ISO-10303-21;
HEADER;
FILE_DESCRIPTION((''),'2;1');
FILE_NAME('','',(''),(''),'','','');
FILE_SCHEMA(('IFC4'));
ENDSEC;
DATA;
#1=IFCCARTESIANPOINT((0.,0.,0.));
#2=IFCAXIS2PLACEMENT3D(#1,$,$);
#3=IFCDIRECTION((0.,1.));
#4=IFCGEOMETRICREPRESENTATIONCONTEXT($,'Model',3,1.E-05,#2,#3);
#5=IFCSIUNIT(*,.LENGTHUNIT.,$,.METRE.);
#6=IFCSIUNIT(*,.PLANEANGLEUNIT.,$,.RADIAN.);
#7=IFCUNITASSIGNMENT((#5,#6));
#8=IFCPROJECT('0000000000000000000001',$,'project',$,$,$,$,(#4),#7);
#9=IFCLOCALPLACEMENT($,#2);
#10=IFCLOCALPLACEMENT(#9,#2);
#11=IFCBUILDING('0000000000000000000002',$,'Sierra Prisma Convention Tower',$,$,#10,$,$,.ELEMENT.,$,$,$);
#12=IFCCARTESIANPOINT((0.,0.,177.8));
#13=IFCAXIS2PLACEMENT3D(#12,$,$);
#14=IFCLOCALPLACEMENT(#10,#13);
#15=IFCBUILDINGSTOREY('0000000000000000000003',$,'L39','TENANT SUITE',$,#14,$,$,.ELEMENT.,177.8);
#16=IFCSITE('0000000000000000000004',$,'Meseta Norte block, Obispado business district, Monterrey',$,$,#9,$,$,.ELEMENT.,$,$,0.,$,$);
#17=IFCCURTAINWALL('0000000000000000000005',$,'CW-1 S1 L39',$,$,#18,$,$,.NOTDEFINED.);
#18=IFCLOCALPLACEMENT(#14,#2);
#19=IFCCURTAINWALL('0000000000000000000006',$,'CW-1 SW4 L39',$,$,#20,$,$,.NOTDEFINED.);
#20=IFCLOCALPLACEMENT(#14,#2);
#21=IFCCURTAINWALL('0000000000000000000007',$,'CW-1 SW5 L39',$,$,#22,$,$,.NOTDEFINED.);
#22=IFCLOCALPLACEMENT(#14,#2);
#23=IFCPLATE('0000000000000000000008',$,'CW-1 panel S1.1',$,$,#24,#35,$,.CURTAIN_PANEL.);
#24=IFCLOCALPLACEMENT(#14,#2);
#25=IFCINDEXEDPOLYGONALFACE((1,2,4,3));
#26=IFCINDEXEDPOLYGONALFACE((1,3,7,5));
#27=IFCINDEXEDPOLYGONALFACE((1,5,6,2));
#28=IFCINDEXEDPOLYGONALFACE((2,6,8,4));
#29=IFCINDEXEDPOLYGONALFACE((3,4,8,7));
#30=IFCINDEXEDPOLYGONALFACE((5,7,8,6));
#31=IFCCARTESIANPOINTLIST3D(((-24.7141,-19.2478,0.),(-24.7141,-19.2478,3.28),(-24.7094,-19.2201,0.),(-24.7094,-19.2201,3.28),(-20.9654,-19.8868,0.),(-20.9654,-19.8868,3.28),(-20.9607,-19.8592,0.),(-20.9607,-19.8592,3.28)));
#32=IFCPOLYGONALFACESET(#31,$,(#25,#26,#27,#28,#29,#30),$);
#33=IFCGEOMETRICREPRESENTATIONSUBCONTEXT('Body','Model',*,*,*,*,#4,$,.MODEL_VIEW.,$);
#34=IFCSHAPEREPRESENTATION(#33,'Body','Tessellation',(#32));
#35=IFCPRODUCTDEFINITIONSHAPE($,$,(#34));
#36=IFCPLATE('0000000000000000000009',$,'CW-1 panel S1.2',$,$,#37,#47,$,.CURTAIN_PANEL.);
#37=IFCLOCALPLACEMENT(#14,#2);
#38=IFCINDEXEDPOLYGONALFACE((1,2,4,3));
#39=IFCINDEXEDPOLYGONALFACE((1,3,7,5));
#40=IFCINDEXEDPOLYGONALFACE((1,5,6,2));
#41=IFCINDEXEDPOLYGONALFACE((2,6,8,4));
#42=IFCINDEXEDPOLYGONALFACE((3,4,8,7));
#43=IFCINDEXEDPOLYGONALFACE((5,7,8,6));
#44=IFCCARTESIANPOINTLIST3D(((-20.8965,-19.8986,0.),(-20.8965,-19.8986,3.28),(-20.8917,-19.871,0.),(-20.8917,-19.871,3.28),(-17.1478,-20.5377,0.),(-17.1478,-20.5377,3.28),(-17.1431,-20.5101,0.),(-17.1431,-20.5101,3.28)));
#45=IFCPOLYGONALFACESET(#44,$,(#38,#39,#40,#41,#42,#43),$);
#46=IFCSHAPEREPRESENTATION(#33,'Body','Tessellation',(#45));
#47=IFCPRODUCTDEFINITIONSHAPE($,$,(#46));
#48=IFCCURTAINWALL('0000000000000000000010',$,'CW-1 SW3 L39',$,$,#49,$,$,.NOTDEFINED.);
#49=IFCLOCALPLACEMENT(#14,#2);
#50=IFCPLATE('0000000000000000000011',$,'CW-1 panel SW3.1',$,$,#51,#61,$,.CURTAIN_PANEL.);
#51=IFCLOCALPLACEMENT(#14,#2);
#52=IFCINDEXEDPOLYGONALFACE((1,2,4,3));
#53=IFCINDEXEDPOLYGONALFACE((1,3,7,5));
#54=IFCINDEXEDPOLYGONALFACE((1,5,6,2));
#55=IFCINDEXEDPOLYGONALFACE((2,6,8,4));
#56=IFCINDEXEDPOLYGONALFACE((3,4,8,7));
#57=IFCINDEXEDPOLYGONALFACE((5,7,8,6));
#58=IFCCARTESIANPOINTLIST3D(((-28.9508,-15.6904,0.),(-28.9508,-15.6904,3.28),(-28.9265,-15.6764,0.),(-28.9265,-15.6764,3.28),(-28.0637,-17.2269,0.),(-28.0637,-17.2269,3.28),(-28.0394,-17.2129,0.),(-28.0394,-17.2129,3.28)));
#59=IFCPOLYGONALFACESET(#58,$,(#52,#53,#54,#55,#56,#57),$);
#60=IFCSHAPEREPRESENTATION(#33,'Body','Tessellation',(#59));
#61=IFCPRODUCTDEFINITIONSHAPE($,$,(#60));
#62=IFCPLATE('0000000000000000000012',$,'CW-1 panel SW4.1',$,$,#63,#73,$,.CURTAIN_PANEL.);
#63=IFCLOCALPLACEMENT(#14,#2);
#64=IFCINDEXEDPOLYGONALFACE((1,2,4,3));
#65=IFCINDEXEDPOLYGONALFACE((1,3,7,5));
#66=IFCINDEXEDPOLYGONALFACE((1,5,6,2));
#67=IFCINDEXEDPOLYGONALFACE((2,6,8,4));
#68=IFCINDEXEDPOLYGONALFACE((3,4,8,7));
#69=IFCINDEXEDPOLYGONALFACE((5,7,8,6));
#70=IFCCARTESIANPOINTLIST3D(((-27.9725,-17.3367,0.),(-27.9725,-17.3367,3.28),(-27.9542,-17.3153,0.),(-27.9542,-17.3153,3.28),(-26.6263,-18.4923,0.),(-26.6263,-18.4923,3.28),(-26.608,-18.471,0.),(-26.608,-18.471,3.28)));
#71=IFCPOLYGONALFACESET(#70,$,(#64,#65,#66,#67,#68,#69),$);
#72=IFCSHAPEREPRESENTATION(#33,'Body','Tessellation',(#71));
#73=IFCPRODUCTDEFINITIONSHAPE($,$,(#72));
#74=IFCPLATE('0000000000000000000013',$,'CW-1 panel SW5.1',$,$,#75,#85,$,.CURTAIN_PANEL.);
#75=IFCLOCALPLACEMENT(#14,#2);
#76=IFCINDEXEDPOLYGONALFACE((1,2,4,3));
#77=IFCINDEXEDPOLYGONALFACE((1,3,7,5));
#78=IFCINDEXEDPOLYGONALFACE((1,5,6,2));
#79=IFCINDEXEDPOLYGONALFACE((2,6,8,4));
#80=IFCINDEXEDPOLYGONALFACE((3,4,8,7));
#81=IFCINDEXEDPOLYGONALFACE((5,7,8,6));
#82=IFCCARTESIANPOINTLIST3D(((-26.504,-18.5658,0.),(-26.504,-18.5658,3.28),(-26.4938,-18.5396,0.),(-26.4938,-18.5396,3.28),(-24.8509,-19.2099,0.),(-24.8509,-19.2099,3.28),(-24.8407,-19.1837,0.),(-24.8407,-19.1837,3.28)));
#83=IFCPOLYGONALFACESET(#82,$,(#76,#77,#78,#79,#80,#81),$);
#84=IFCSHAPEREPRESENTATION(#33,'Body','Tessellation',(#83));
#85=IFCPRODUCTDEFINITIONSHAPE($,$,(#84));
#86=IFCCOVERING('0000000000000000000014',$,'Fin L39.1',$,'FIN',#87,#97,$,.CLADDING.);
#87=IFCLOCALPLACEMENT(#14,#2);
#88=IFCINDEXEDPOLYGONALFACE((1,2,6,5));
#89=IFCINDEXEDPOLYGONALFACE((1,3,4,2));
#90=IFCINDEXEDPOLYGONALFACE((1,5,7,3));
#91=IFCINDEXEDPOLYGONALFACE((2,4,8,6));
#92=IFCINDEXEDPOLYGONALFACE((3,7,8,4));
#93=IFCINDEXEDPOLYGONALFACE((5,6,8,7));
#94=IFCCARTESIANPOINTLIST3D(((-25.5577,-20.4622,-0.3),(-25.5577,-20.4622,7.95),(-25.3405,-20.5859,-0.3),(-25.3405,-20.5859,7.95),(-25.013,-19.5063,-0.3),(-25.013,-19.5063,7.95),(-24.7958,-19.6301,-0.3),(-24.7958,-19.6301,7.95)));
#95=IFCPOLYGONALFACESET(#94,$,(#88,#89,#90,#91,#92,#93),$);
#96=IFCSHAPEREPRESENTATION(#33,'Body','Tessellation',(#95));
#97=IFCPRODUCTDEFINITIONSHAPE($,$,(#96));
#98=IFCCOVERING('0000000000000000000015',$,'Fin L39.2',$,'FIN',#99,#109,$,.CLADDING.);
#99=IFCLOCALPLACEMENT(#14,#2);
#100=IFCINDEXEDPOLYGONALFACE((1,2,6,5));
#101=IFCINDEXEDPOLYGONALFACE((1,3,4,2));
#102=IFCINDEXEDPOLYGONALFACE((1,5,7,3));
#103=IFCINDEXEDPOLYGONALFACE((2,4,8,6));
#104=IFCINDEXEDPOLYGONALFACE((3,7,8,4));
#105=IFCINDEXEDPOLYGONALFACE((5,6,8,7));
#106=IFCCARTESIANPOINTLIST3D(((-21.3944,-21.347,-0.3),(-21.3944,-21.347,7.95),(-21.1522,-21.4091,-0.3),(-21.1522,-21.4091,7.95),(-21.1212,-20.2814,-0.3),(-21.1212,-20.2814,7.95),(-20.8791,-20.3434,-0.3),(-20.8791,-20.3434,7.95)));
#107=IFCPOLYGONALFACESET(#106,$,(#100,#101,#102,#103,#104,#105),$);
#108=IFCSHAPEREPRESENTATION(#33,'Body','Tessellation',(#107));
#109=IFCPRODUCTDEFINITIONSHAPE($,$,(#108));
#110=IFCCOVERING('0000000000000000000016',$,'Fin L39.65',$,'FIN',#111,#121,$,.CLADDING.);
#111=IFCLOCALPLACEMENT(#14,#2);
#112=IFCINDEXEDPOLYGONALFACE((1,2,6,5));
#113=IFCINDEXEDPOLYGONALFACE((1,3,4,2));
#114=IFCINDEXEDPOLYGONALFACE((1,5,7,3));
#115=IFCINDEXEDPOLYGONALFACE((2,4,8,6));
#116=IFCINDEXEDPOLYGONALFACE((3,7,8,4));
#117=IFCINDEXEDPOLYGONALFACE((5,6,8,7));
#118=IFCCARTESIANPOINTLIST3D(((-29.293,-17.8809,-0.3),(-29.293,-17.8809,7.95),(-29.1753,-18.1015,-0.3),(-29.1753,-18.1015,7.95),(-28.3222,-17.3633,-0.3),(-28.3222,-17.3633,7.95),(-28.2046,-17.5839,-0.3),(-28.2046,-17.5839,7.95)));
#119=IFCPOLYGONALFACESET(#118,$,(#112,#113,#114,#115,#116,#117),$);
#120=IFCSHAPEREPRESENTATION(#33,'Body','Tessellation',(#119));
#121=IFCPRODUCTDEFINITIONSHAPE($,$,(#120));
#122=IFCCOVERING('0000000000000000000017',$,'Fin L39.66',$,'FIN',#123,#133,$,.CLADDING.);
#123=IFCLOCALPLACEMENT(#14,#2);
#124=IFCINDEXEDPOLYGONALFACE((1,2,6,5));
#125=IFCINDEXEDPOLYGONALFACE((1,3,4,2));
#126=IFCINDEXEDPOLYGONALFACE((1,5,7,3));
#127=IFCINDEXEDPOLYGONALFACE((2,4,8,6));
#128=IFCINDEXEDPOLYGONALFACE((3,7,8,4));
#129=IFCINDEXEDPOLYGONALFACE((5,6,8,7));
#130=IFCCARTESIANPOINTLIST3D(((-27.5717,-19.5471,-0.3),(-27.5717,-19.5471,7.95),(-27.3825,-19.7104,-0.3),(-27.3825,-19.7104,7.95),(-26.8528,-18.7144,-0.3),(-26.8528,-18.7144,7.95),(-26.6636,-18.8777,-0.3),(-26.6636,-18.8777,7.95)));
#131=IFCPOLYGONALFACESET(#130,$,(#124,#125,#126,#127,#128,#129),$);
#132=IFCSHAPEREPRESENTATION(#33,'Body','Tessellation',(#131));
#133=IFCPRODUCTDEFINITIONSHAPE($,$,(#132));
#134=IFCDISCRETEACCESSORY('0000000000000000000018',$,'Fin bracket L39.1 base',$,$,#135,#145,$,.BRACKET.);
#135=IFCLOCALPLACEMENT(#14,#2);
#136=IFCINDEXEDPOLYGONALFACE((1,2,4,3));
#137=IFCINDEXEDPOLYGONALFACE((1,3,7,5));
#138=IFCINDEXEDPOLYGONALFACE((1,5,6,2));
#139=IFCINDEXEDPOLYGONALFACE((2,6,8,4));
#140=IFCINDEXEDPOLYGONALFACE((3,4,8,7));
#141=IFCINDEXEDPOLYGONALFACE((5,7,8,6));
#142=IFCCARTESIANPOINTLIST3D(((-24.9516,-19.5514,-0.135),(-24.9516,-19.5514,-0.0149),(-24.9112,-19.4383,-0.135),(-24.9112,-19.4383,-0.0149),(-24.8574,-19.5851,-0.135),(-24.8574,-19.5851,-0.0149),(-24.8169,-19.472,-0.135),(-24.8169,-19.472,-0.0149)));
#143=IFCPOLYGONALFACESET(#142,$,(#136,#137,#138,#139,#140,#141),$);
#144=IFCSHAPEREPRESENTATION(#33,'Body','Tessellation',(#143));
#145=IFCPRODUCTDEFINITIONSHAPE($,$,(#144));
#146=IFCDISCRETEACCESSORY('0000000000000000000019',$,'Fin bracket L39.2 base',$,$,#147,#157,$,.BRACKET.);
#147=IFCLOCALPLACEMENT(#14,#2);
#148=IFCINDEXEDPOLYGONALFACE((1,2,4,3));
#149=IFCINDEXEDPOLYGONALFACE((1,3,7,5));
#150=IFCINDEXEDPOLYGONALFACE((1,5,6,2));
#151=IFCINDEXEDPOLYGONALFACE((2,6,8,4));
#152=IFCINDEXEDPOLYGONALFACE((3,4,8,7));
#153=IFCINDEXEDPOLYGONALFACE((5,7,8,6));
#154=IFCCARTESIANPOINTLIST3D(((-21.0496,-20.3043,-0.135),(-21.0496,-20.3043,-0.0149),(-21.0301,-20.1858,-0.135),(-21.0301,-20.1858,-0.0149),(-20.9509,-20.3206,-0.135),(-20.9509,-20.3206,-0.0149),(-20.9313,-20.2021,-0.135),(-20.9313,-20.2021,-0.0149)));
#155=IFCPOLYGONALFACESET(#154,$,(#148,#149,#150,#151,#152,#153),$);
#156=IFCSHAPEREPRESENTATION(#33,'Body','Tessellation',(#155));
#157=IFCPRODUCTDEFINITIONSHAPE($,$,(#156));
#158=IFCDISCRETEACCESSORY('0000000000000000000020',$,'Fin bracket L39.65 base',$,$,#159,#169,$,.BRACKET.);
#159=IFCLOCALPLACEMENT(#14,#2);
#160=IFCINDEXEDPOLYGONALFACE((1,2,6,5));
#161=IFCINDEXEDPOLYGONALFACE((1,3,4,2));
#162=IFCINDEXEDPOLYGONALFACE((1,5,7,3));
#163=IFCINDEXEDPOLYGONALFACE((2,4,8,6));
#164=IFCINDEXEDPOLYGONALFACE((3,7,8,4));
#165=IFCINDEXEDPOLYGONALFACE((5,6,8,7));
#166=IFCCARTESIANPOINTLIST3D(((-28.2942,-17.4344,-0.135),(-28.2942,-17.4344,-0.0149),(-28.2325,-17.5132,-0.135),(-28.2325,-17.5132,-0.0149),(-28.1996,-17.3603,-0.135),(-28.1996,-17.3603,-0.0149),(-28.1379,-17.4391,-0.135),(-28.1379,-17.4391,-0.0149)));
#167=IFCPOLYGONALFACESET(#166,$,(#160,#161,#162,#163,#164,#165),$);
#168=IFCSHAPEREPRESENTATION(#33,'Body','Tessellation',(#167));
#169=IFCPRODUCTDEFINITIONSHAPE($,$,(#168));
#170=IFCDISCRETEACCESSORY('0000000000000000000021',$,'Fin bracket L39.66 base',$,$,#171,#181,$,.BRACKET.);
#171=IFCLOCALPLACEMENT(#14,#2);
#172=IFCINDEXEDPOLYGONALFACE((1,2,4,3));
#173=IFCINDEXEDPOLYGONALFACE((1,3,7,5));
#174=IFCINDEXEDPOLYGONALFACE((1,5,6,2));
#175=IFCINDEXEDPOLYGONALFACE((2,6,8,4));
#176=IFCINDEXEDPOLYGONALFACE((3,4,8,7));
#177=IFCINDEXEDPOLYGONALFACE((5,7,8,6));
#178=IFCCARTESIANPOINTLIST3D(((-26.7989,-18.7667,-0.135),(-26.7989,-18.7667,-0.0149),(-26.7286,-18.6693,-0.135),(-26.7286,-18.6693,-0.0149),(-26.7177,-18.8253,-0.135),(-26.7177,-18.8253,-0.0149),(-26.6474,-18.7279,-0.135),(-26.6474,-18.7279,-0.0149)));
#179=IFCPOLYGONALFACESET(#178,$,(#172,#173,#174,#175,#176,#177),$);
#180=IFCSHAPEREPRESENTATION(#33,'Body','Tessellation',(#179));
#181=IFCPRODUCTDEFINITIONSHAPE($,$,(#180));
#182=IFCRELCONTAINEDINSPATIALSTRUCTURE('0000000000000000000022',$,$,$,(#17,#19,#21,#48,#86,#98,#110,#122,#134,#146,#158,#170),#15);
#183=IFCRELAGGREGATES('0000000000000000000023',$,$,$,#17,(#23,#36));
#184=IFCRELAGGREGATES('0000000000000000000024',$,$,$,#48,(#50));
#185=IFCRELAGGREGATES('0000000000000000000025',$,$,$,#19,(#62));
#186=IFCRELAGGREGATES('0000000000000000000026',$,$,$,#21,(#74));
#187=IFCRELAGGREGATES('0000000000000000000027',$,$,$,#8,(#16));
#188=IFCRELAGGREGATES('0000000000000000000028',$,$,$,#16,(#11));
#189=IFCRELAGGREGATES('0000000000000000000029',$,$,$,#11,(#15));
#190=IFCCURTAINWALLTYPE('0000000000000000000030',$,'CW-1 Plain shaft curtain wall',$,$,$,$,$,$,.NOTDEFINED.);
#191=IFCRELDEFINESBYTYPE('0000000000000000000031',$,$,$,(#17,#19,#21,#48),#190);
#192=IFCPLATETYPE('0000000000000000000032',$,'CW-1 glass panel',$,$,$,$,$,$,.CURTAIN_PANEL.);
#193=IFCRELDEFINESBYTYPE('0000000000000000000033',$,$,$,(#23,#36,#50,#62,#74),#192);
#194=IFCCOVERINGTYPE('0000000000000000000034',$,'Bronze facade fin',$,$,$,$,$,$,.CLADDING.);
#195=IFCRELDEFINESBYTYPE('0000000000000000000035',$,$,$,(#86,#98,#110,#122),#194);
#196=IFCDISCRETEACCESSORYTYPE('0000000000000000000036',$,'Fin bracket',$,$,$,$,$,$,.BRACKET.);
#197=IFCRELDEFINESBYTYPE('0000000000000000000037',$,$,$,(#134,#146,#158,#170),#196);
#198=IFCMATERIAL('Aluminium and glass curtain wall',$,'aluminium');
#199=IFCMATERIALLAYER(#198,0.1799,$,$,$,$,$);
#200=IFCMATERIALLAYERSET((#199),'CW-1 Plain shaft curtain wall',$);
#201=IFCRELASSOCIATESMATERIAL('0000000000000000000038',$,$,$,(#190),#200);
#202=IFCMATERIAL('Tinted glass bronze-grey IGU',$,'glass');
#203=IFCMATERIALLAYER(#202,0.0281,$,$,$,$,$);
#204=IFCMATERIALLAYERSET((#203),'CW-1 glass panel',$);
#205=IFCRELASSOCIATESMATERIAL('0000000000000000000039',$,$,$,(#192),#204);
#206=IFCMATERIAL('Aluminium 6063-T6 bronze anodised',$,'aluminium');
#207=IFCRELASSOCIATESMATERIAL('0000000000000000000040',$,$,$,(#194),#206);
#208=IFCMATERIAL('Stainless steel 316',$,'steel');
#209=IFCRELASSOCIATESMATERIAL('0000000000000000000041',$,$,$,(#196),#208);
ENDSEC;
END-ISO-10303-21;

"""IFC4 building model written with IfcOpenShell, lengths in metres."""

from ifc_helpers import new_model, si_unit, direction, frame, origin, origin_2d, place, context, subcontext, project, spatial, rectangle, extrude, material, layer, layer_set, material_profile, profile_set, type_object, element, aggregate, save


model = new_model("IFC4")

# Units and contexts
model_context = context("Model", 3, precision=1e-05, world=origin(), true_north=direction((0.0, 1.0)))
body_context = subcontext(model_context, "Body", "Model", "MODEL_VIEW")
ifc_project = project(units=[si_unit("LENGTHUNIT", "METRE"), si_unit("PLANEANGLEUNIT", "RADIAN")], contexts=[model_context])

# Site, building, storey
site_placement = place(None, origin())
site = spatial("IfcSite", under=ifc_project, at=site_placement, Name="Meseta Norte block, Obispado business district, Monterrey", CompositionType="ELEMENT", RefElevation=0.0)
building_placement = place(site_placement, origin())
building = spatial("IfcBuilding", under=site, at=building_placement, Name="Sierra Prisma Convention Tower", CompositionType="ELEMENT")
storey_placement = place(building_placement, frame((0.0, 0.0, 177.8)))
storey = spatial("IfcBuildingStorey", under=building, at=storey_placement, Name="L39", Description="TENANT SUITE", CompositionType="ELEMENT", Elevation=177.8)

# Curtain wall
ifc_material_1 = material(Name="Aluminium and glass curtain wall", Category="aluminium")
ifc_layer_1 = layer(ifc_material_1, 0.1799)
ifc_layer_set_1 = layer_set([ifc_layer_1], Name="CW-1 Plain shaft curtain wall")
curtain_wall_type = type_object("IfcCurtainWallType", Name="CW-1 Plain shaft curtain wall", PredefinedType="NOTDEFINED", material=ifc_layer_set_1)
curtain_wall_1_placement = place(storey_placement, origin())
curtain_wall_1 = element("IfcCurtainWall", 1, at=curtain_wall_1_placement, inside=storey, type_object=curtain_wall_type, Name="CW-1 S1 L39", PredefinedType="NOTDEFINED")

# Curtain walls
curtain_wall_2_placement = place(storey_placement, origin())
curtain_wall_2 = element("IfcCurtainWall", 2, at=curtain_wall_2_placement, inside=storey, type_object=curtain_wall_type, Name="CW-1 SW4 L39", PredefinedType="NOTDEFINED")
curtain_wall_3_placement = place(storey_placement, origin())
curtain_wall_3 = element("IfcCurtainWall", 3, at=curtain_wall_3_placement, inside=storey, type_object=curtain_wall_type, Name="CW-1 SW5 L39", PredefinedType="NOTDEFINED")

# Plates
ifc_material_2 = material(Name="Tinted glass bronze-grey IGU", Category="glass")
ifc_layer_2 = layer(ifc_material_2, 0.0281)
ifc_layer_set_2 = layer_set([ifc_layer_2], Name="CW-1 glass panel")
plate_type = type_object("IfcPlateType", Name="CW-1 glass panel", PredefinedType="CURTAIN_PANEL", material=ifc_layer_set_2)
plate_1_placement = place(storey_placement, frame((-22.8374, -19.5535, 0.0), z_axis=(0.0, 0.0, 1.0), x_axis=(0.985777, -0.16806, 0.0)))
plate_1 = element("IfcPlate", 4, at=plate_1_placement, type_object=plate_type, Name="CW-1 panel S1.1", PredefinedType="CURTAIN_PANEL", context=body_context, shape_type="SweptSolid", body=[
    extrude(rectangle(XDim=3.8027, YDim=0.0281, at=origin_2d()), origin(), (0.0, 0.0, 1.0), 3.28),
])
plate_2_placement = place(storey_placement, frame((-19.0198, -20.2043, 0.0), z_axis=(0.0, 0.0, 1.0), x_axis=(0.985777, -0.16806, 0.0)))
plate_2 = element("IfcPlate", 5, at=plate_2_placement, type_object=plate_type, Name="CW-1 panel S1.2", PredefinedType="CURTAIN_PANEL", context=body_context, shape_type="SweptSolid", body=[
    extrude(rectangle(XDim=3.8027, YDim=0.0281, at=origin_2d()), origin(), (0.0, 0.0, 1.0), 3.28),
])
aggregate(curtain_wall_1, [plate_1, plate_2])

# Curtain wall, plate
curtain_wall_4_placement = place(storey_placement, origin())
curtain_wall_4 = element("IfcCurtainWall", 6, at=curtain_wall_4_placement, inside=storey, type_object=curtain_wall_type, Name="CW-1 SW3 L39", PredefinedType="NOTDEFINED")
plate_3_placement = place(storey_placement, frame((-28.4951, -16.4517, 0.0), z_axis=(0.0, 0.0, 1.0), x_axis=(0.5, -0.866025, 0.0)))
plate_3 = element("IfcPlate", 7, at=plate_3_placement, type_object=plate_type, Name="CW-1 panel SW3.1", PredefinedType="CURTAIN_PANEL", context=body_context, shape_type="SweptSolid", body=[
    extrude(rectangle(XDim=1.7742, YDim=0.0281, at=origin_2d()), origin(), (0.0, 0.0, 1.0), 3.28),
])
aggregate(curtain_wall_4, [plate_3])

# Plates
plate_4_placement = place(storey_placement, frame((-27.2903, -17.9038, 0.0), z_axis=(0.0, 0.0, 1.0), x_axis=(0.758771, -0.651357, 0.0)))
plate_4 = element("IfcPlate", 8, at=plate_4_placement, type_object=plate_type, Name="CW-1 panel SW4.1", PredefinedType="CURTAIN_PANEL", context=body_context, shape_type="SweptSolid", body=[
    extrude(rectangle(XDim=1.7742, YDim=0.0281, at=origin_2d()), origin(), (0.0, 0.0, 1.0), 3.28),
])
aggregate(curtain_wall_2, [plate_4])
plate_5_placement = place(storey_placement, frame((-25.6724, -18.8748, 0.0), z_axis=(0.0, 0.0, 1.0), x_axis=(0.931767, -0.363057, 0.0)))
plate_5 = element("IfcPlate", 9, at=plate_5_placement, type_object=plate_type, Name="CW-1 panel SW5.1", PredefinedType="CURTAIN_PANEL", context=body_context, shape_type="SweptSolid", body=[
    extrude(rectangle(XDim=1.7742, YDim=0.0281, at=origin_2d()), origin(), (0.0, 0.0, 1.0), 3.28),
])
aggregate(curtain_wall_3, [plate_5])

# Coverings
ifc_material_3 = material(Name="Aluminium 6063-T6 bronze anodised", Category="aluminium")
ifc_material_profile_1 = material_profile(ifc_material_3, rectangle(XDim=1.1001, YDim=0.25, at=origin_2d()), Name="ALU FIN 1100x250")
ifc_profile_set_1 = profile_set([ifc_material_profile_1], Name="Aluminium 6063-T6 bronze anodised")
covering_type = type_object("IfcCoveringType", Name="Bronze facade fin", PredefinedType="CLADDING", material=ifc_profile_set_1)
for number, where, z_axis, x_axis, name in (
    (10, (-25.1768, -20.0461, -0.3), (0.0, 0.0, 1.0), (-0.49508, -0.868847, 0.0), "Fin L39.1"),
    (11, (-21.1367, -20.8452, -0.3), (0.0, 0.0, 1.0), (-0.248307, -0.968681, 0.0), "Fin L39.2"),
    (12, (-28.7488, -17.7324, -0.3), (0.0, 0.0, 1.0), (-0.882414, -0.470473, 0.0), "Fin L39.65"),
    (13, (-27.1177, -19.2124, -0.3), (0.0, 0.0, 1.0), (-0.653487, -0.756938, 0.0), "Fin L39.66"),
):
    element("IfcCovering", number, at=place(storey_placement, frame(where, z_axis=z_axis, x_axis=x_axis)), inside=storey, type_object=covering_type, Name=name, ObjectType="FIN", PredefinedType="CLADDING", context=body_context, shape_type="SweptSolid", body=[
        extrude(rectangle(XDim=1.1001, YDim=0.25, at=origin_2d()), origin(), (0.0, 0.0, 1.0), 8.25),
    ])

# Discrete accessories
ifc_material_4 = material(Name="Stainless steel 316", Category="steel")
discrete_accessory_type = type_object("IfcDiscreteAccessoryType", Name="Fin bracket", PredefinedType="BRACKET", material=ifc_material_4)
for number, where, z_axis, x_axis, name in (
    (14, (-24.8843, -19.5117, -0.135), (0.0, 0.0, 1.0), (-0.336685, -0.941617, 0.0), "Fin bracket L39.1 base"),
    (15, (-20.9905, -20.2532, -0.135), (0.0, 0.0, 1.0), (-0.162936, -0.986637, 0.0), "Fin bracket L39.2 base"),
    (16, (-28.2161, -17.4368, -0.135), (0.0, 0.0, 1.0), (-0.787312, -0.616555, 0.0), "Fin bracket L39.65 base"),
    (17, (-26.7231, -18.7473, -0.135), (0.0, 0.0, 1.0), (-0.585029, -0.811012, 0.0), "Fin bracket L39.66 base"),
):
    element("IfcDiscreteAccessory", number, at=place(storey_placement, frame(where, z_axis=z_axis, x_axis=x_axis)), inside=storey, type_object=discrete_accessory_type, Name=name, PredefinedType="BRACKET", context=body_context, shape_type="SweptSolid", body=[
        extrude(rectangle(XDim=0.1201, YDim=0.1001, at=origin_2d()), origin(), (0.0, 0.0, 1.0), 0.1201),
    ])

save(model, "model.ifc")
